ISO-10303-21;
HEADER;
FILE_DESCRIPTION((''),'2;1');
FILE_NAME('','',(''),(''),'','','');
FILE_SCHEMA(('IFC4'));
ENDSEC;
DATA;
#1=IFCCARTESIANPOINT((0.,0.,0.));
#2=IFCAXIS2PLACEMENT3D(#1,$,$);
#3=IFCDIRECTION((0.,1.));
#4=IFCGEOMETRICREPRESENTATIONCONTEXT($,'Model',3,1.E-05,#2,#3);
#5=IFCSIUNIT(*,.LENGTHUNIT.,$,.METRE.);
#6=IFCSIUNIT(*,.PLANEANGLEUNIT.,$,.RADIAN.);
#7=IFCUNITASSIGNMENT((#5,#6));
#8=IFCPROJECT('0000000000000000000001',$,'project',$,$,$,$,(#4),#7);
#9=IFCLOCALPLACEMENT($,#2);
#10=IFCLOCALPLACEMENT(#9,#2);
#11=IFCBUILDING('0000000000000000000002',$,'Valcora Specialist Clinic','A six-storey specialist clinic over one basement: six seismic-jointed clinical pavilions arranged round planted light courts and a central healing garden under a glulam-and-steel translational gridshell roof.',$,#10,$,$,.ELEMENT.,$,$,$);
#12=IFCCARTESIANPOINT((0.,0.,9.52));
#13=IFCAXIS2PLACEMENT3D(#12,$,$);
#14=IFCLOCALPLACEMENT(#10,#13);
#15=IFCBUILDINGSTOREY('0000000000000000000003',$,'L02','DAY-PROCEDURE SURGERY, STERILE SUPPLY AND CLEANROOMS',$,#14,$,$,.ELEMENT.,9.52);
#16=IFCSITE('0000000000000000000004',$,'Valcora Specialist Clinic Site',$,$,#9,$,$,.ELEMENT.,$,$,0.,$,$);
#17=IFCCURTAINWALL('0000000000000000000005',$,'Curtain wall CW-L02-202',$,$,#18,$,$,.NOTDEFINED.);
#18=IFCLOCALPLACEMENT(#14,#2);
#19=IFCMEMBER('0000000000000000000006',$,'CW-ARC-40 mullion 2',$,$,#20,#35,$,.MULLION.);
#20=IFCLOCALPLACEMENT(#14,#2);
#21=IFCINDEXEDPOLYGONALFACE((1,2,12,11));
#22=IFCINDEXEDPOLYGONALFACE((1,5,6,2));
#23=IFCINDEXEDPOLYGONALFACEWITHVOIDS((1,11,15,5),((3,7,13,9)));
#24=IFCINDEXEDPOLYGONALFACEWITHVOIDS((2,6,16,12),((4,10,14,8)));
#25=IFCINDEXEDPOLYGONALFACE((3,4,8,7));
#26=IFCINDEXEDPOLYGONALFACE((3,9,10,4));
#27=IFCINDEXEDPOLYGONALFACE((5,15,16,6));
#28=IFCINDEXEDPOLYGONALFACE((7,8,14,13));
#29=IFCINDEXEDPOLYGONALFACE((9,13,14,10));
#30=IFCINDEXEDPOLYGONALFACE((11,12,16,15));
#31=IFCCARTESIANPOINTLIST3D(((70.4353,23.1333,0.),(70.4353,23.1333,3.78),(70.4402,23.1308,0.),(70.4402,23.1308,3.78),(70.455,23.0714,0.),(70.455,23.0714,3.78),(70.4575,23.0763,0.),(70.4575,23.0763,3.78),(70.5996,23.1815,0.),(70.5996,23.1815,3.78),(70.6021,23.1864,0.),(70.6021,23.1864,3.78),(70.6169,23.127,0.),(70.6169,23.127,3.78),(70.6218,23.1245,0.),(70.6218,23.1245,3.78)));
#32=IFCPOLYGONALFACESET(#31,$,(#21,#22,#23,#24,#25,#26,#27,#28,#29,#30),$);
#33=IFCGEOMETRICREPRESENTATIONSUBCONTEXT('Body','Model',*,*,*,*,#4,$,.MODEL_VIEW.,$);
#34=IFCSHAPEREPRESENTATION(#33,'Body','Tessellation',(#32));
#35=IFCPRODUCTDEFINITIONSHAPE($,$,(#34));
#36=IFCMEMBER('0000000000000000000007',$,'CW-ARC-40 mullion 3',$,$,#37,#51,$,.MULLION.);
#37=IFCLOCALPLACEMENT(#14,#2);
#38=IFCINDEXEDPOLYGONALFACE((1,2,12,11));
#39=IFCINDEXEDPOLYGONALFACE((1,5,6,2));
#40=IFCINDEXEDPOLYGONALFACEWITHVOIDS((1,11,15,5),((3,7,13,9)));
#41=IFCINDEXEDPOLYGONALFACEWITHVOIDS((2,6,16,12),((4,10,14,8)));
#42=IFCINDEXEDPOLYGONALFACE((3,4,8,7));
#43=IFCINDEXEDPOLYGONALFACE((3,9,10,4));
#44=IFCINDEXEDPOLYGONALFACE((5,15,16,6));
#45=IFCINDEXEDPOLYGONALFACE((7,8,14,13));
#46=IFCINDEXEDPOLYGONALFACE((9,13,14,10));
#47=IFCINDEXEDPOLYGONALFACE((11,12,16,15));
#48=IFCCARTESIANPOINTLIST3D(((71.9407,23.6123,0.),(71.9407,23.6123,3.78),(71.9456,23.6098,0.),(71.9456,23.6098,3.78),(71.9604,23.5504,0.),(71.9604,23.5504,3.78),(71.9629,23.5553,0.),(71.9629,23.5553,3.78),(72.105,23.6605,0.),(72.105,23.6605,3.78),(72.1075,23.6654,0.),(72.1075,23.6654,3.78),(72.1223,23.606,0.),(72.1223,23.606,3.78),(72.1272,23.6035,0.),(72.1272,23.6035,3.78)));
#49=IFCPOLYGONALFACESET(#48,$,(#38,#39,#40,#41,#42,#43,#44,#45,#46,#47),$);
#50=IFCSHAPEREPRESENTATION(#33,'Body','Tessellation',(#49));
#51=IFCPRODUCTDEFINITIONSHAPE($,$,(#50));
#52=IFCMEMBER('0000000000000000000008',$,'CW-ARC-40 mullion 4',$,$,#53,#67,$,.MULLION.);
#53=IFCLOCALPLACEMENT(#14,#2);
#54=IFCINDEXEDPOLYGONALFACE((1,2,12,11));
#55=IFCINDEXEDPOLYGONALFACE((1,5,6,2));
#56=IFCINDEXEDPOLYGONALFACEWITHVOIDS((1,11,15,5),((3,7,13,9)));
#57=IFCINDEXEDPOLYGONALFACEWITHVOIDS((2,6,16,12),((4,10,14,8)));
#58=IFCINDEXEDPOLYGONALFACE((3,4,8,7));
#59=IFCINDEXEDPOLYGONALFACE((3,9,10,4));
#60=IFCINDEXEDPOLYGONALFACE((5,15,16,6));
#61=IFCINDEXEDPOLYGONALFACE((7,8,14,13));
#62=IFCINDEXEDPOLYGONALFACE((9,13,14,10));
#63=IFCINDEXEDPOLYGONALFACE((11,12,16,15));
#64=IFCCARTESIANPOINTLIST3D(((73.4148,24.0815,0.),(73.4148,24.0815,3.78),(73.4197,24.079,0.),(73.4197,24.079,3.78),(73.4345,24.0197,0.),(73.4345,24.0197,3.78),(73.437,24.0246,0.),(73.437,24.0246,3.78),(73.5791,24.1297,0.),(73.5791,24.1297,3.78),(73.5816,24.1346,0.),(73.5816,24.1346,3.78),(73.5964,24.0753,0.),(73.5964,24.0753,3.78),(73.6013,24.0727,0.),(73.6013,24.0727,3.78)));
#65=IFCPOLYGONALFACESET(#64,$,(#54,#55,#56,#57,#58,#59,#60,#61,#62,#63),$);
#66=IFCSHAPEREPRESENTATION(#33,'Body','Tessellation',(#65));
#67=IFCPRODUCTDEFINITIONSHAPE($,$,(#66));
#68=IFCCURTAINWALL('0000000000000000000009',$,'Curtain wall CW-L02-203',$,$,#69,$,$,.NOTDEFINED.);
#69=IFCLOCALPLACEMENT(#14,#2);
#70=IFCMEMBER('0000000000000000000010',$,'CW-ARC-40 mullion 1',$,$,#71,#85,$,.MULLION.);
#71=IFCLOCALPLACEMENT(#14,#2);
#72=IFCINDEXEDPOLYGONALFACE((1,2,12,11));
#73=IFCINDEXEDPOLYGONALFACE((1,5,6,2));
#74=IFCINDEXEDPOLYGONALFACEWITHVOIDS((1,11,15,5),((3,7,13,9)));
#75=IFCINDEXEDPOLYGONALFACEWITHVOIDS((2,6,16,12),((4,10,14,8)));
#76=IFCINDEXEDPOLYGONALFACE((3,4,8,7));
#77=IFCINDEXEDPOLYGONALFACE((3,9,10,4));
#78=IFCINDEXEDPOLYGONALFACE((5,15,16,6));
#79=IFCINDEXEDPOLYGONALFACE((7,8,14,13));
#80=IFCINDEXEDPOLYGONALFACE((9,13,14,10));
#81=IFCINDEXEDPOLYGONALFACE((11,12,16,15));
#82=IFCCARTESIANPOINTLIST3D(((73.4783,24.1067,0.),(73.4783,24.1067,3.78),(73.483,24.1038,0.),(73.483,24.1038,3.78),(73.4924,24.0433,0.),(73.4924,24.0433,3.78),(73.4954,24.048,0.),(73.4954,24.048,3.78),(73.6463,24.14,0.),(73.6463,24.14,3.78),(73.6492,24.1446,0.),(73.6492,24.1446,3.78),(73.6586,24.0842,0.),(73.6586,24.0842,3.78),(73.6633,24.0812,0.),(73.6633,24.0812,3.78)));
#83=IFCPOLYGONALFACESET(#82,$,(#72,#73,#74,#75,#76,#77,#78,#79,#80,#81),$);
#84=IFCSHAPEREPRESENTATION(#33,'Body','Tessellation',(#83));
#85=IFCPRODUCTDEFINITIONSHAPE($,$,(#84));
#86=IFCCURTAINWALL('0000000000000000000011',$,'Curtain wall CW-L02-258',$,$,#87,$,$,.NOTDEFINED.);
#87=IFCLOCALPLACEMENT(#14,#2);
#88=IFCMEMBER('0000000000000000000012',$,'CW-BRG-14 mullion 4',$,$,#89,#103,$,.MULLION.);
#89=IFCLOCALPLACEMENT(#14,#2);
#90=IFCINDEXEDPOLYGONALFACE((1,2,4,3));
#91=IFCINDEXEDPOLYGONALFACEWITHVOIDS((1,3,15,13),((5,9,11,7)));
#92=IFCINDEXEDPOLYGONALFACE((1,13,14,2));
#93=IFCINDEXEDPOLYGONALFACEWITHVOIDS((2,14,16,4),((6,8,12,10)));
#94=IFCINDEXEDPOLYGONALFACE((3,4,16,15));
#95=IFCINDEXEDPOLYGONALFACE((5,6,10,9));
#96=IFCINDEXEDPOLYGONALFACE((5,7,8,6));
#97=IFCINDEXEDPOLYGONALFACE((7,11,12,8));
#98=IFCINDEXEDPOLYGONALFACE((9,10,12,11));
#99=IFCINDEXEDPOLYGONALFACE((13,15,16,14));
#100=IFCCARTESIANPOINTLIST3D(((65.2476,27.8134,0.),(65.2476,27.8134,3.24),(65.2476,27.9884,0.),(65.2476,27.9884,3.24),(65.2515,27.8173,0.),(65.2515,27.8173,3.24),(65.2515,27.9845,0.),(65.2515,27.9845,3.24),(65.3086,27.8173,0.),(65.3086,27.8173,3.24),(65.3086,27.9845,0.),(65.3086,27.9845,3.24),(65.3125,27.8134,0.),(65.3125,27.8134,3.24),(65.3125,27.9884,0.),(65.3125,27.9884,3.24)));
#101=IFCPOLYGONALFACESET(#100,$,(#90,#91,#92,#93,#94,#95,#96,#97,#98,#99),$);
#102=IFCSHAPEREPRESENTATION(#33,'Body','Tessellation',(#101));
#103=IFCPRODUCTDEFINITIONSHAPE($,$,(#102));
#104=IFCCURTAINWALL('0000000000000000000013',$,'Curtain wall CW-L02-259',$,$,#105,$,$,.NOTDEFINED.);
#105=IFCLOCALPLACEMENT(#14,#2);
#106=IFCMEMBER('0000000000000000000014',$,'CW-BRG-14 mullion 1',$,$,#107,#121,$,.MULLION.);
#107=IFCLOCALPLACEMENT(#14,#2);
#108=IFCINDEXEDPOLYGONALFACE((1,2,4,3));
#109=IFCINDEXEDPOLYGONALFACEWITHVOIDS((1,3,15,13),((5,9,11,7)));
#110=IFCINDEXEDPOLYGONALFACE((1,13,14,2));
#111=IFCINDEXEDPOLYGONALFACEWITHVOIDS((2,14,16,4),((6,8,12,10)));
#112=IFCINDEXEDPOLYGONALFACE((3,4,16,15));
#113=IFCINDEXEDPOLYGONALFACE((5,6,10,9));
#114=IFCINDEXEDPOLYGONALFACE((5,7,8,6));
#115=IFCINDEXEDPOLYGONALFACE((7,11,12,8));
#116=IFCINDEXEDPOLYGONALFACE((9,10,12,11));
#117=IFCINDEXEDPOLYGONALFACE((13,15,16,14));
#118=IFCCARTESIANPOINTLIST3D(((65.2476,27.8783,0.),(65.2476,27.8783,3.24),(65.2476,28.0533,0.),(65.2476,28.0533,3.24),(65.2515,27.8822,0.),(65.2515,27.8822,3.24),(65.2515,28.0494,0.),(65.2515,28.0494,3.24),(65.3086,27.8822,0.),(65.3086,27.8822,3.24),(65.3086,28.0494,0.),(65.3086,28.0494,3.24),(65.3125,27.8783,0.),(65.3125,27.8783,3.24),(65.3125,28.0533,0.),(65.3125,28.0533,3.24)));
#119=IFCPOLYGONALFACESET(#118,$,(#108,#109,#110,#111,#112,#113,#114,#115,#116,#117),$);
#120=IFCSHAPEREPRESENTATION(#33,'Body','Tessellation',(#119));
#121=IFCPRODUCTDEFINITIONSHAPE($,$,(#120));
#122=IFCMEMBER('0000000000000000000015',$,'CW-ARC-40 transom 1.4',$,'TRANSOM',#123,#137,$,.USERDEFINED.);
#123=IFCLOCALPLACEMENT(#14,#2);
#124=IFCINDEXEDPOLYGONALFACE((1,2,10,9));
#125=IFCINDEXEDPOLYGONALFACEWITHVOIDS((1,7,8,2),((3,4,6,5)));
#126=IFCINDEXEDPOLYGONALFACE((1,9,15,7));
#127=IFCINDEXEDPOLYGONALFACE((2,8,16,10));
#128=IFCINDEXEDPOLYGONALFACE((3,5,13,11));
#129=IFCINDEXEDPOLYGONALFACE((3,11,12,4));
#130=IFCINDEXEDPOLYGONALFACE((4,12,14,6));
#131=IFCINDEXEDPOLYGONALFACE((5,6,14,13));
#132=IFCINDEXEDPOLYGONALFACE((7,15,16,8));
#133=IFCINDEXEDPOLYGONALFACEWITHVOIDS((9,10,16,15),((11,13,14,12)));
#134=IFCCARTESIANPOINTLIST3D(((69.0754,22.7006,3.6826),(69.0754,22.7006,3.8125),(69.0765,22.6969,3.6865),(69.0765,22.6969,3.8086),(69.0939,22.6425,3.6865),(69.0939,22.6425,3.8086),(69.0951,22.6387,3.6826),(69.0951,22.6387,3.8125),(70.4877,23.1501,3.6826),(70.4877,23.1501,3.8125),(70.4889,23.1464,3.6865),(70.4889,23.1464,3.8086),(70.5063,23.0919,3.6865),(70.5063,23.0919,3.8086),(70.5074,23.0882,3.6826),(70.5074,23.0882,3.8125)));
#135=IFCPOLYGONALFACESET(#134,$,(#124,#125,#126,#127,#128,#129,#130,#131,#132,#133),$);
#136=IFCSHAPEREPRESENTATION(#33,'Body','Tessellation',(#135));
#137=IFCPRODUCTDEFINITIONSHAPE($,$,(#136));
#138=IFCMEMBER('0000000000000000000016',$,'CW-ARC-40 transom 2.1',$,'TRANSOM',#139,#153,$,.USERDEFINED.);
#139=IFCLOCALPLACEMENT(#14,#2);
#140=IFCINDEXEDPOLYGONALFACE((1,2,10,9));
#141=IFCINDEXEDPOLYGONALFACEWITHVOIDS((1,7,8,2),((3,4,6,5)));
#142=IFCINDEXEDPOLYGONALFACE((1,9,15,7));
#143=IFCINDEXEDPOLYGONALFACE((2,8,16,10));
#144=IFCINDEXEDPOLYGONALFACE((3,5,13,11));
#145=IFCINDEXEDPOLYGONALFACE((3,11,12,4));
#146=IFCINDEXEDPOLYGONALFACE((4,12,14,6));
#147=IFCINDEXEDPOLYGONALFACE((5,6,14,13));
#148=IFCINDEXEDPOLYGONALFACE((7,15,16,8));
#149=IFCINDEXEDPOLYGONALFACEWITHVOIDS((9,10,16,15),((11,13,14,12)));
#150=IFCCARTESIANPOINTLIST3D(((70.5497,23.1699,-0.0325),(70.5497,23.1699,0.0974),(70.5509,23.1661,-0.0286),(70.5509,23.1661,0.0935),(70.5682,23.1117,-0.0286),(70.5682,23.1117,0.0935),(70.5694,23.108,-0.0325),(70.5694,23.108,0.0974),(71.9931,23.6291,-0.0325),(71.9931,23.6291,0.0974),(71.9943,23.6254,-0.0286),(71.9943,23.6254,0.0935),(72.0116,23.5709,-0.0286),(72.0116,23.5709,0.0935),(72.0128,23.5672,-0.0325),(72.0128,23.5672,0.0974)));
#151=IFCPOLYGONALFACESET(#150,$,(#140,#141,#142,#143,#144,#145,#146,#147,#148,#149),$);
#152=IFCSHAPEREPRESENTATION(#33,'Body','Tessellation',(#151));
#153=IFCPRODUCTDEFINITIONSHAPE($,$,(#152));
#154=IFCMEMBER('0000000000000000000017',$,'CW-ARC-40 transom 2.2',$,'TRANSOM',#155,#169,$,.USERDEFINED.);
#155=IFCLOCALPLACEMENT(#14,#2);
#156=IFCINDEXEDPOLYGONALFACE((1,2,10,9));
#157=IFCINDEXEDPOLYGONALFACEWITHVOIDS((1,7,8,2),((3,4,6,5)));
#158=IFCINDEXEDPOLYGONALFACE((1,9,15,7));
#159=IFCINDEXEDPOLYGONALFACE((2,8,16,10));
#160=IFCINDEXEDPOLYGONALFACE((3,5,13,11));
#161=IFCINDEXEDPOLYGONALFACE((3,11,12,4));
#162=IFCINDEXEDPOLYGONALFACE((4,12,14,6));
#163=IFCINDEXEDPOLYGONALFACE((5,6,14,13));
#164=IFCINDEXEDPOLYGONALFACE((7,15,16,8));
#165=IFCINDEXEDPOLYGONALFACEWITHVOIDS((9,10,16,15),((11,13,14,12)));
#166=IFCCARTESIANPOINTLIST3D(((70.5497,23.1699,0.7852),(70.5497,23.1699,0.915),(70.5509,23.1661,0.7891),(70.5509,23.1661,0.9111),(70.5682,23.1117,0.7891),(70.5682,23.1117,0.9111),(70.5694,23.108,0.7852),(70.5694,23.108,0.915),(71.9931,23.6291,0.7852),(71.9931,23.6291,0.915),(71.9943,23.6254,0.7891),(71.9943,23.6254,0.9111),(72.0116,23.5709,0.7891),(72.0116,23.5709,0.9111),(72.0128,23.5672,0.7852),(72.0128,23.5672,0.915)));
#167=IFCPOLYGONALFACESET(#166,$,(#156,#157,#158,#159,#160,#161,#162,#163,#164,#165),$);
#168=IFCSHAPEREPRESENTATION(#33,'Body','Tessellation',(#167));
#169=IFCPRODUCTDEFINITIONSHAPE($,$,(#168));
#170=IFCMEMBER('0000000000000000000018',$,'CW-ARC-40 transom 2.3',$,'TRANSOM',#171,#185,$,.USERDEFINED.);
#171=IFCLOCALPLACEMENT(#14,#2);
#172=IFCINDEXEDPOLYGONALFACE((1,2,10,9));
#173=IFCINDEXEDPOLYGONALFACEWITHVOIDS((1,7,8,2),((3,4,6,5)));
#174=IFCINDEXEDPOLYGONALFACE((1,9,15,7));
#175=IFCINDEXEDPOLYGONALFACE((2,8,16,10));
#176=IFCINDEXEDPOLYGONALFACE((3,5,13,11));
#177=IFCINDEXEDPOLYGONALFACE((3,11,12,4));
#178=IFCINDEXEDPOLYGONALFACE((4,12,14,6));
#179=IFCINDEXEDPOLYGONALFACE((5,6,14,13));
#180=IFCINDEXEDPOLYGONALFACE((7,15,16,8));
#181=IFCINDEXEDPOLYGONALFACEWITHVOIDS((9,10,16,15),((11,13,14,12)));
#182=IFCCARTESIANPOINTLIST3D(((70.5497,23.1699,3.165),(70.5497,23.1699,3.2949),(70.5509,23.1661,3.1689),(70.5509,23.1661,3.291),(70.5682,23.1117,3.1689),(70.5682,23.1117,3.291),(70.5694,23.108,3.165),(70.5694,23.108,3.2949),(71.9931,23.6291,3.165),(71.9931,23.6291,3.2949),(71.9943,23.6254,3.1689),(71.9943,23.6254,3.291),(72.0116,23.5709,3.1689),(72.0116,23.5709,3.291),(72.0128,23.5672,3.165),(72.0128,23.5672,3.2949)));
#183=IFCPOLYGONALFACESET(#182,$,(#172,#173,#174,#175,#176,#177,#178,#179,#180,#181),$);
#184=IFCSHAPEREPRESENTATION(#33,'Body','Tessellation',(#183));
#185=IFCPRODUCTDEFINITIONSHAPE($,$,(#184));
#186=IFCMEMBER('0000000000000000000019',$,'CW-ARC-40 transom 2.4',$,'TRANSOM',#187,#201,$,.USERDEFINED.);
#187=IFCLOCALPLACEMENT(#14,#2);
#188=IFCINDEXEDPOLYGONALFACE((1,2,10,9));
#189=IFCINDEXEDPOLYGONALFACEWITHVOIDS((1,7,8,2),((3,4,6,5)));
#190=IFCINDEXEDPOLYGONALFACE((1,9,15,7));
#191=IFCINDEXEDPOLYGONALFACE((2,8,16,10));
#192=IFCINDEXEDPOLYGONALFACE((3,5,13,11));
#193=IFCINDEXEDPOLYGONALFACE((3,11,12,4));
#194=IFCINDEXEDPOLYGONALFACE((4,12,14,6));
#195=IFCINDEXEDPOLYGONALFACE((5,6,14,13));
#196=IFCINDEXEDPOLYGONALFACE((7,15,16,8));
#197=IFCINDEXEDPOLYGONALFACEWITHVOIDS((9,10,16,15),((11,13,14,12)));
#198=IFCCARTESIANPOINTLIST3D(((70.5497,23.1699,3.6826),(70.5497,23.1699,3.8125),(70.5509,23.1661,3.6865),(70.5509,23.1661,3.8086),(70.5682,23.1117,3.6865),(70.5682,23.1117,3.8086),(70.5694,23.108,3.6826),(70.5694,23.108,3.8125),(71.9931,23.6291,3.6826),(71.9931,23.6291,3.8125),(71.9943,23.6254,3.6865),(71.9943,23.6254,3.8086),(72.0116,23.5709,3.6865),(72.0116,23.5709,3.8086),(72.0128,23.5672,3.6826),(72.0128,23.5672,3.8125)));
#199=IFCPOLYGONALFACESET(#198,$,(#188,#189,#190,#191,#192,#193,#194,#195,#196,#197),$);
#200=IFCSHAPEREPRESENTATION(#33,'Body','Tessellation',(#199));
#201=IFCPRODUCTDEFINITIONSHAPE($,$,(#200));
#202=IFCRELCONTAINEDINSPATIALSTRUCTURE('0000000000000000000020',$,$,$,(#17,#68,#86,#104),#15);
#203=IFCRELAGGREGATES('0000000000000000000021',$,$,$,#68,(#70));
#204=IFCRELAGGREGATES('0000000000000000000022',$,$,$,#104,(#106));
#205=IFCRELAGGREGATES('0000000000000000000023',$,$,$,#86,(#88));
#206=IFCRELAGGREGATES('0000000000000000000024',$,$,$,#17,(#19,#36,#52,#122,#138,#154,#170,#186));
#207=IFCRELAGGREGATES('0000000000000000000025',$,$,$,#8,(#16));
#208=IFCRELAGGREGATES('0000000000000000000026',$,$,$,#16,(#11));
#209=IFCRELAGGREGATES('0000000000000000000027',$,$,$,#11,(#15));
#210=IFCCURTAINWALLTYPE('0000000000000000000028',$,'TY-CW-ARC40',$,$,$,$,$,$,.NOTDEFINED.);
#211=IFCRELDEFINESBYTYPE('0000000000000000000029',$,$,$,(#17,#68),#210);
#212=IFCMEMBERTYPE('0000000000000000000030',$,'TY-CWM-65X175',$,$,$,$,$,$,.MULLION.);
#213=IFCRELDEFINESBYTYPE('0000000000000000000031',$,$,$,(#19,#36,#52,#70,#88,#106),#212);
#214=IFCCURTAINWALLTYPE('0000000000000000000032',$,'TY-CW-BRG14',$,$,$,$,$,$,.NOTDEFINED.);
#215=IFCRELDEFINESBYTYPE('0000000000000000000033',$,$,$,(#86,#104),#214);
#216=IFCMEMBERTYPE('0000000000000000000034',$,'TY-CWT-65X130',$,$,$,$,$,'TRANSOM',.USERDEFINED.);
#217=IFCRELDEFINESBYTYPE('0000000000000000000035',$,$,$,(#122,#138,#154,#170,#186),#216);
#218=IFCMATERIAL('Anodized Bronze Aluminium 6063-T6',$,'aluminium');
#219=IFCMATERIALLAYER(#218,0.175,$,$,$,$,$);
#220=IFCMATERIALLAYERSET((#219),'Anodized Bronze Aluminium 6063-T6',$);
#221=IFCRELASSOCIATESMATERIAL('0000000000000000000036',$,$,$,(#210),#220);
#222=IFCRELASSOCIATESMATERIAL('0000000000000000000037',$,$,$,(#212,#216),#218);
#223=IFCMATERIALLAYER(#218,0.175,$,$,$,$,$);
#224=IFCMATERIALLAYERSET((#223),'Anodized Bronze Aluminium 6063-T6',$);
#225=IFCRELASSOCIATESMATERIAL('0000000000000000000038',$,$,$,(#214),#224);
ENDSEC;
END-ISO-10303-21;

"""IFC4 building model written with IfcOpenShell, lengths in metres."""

from ifc_helpers import new_model, si_unit, direction, frame, origin, origin_2d, place, context, subcontext, project, spatial, hollow_rectangle, extrude, material, layer, layer_set, material_profile, profile_set, type_object, element, aggregate, save


model = new_model("IFC4")

# Units and contexts
model_context = context("Model", 3, precision=1e-05, world=origin(), true_north=direction((0.0, 1.0)))
body_context = subcontext(model_context, "Body", "Model", "MODEL_VIEW")
ifc_project = project(units=[si_unit("LENGTHUNIT", "METRE"), si_unit("PLANEANGLEUNIT", "RADIAN")], contexts=[model_context])

# Site, building, storey
site_placement = place(None, origin())
site = spatial("IfcSite", under=ifc_project, at=site_placement, Name="Valcora Specialist Clinic Site", CompositionType="ELEMENT", RefElevation=0.0)
building_placement = place(site_placement, origin())
building = spatial("IfcBuilding", under=site, at=building_placement, Name="Valcora Specialist Clinic", Description="A six-storey specialist clinic over one basement: six seismic-jointed clinical pavilions arranged round planted light courts and a central healing garden under a glulam-and-steel translational gridshell roof.", CompositionType="ELEMENT")
storey_placement = place(building_placement, frame((0.0, 0.0, 9.52)))
storey = spatial("IfcBuildingStorey", under=building, at=storey_placement, Name="L02", Description="DAY-PROCEDURE SURGERY, STERILE SUPPLY AND CLEANROOMS", CompositionType="ELEMENT", Elevation=9.52)

# Curtain wall, members
ifc_material_1 = material(Name="Anodized Bronze Aluminium 6063-T6", Category="aluminium")
ifc_layer_1 = layer(ifc_material_1, 0.175)
ifc_layer_set_1 = layer_set([ifc_layer_1], Name="Anodized Bronze Aluminium 6063-T6")
curtain_wall_type_1 = type_object("IfcCurtainWallType", Name="TY-CW-ARC40", PredefinedType="NOTDEFINED", material=ifc_layer_set_1)
curtain_wall_1_placement = place(storey_placement, origin())
curtain_wall_1 = element("IfcCurtainWall", 1, at=curtain_wall_1_placement, inside=storey, type_object=curtain_wall_type_1, Name="Curtain wall CW-L02-202", PredefinedType="NOTDEFINED")
ifc_material_profile_1 = material_profile(ifc_material_1, hollow_rectangle(XDim=0.0649, YDim=0.175, WallThickness=0.0039, at=origin_2d()), Name="AL-MUL-65X175")
ifc_profile_set_1 = profile_set([ifc_material_profile_1], Name="Anodized Bronze Aluminium 6063-T6")
member_type_1 = type_object("IfcMemberType", Name="TY-CWM-65X175", PredefinedType="MULLION", material=ifc_profile_set_1)
member_1_placement = place(storey_placement, frame((70.5286, 23.1289, 0.0), z_axis=(0.0, 0.0, 1.0), x_axis=(-0.303233, 0.952916, 0.0)))
member_1 = element("IfcMember", 2, at=member_1_placement, type_object=member_type_1, Name="CW-ARC-40 mullion 2", PredefinedType="MULLION", context=body_context, shape_type="SweptSolid", body=[
    extrude(hollow_rectangle(XDim=0.0649, YDim=0.175, WallThickness=0.0039, at=origin_2d()), origin(), (0.0, 0.0, 1.0), 3.78),
])
member_2_placement = place(storey_placement, frame((72.0339, 23.6079, 0.0), z_axis=(0.0, 0.0, 1.0), x_axis=(-0.303233, 0.952916, 0.0)))
member_2 = element("IfcMember", 3, at=member_2_placement, type_object=member_type_1, Name="CW-ARC-40 mullion 3", PredefinedType="MULLION", context=body_context, shape_type="SweptSolid", body=[
    extrude(hollow_rectangle(XDim=0.0649, YDim=0.175, WallThickness=0.0039, at=origin_2d()), origin(), (0.0, 0.0, 1.0), 3.78),
])
member_3_placement = place(storey_placement, frame((73.5081, 24.0771, 0.0), z_axis=(0.0, 0.0, 1.0), x_axis=(-0.303233, 0.952916, 0.0)))
member_3 = element("IfcMember", 4, at=member_3_placement, type_object=member_type_1, Name="CW-ARC-40 mullion 4", PredefinedType="MULLION", context=body_context, shape_type="SweptSolid", body=[
    extrude(hollow_rectangle(XDim=0.0649, YDim=0.175, WallThickness=0.0039, at=origin_2d()), origin(), (0.0, 0.0, 1.0), 3.78),
])

# Curtain walls, members
curtain_wall_2_placement = place(storey_placement, origin())
curtain_wall_2 = element("IfcCurtainWall", 5, at=curtain_wall_2_placement, inside=storey, type_object=curtain_wall_type_1, Name="Curtain wall CW-L02-203", PredefinedType="NOTDEFINED")
member_4_placement = place(storey_placement, frame((73.5708, 24.094, 0.0), z_axis=(0.0, 0.0, 1.0), x_axis=(-0.216518, 0.976279, 0.0)))
member_4 = element("IfcMember", 6, at=member_4_placement, type_object=member_type_1, Name="CW-ARC-40 mullion 1", PredefinedType="MULLION", context=body_context, shape_type="SweptSolid", body=[
    extrude(hollow_rectangle(XDim=0.0649, YDim=0.175, WallThickness=0.0039, at=origin_2d()), origin(), (0.0, 0.0, 1.0), 3.78),
])
ifc_layer_2 = layer(ifc_material_1, 0.175)
ifc_layer_set_2 = layer_set([ifc_layer_2], Name="Anodized Bronze Aluminium 6063-T6")
curtain_wall_type_2 = type_object("IfcCurtainWallType", Name="TY-CW-BRG14", PredefinedType="NOTDEFINED", material=ifc_layer_set_2)
curtain_wall_3_placement = place(storey_placement, origin())
curtain_wall_3 = element("IfcCurtainWall", 7, at=curtain_wall_3_placement, inside=storey, type_object=curtain_wall_type_2, Name="Curtain wall CW-L02-258", PredefinedType="NOTDEFINED")
member_5_placement = place(storey_placement, frame((65.28, 27.9009, 0.0), z_axis=(0.0, 0.0, 1.0), x_axis=(-1.0, 0.0, 0.0)))
member_5 = element("IfcMember", 8, at=member_5_placement, type_object=member_type_1, Name="CW-BRG-14 mullion 4", PredefinedType="MULLION", context=body_context, shape_type="SweptSolid", body=[
    extrude(hollow_rectangle(XDim=0.0649, YDim=0.175, WallThickness=0.0039, at=origin_2d()), origin(), (0.0, 0.0, 1.0), 3.24),
])
curtain_wall_4_placement = place(storey_placement, origin())
curtain_wall_4 = element("IfcCurtainWall", 9, at=curtain_wall_4_placement, inside=storey, type_object=curtain_wall_type_2, Name="Curtain wall CW-L02-259", PredefinedType="NOTDEFINED")
member_6_placement = place(storey_placement, frame((65.28, 27.9658, 0.0), z_axis=(0.0, 0.0, 1.0), x_axis=(-1.0, 0.0, 0.0)))
member_6 = element("IfcMember", 10, at=member_6_placement, type_object=member_type_1, Name="CW-BRG-14 mullion 1", PredefinedType="MULLION", context=body_context, shape_type="SweptSolid", body=[
    extrude(hollow_rectangle(XDim=0.0649, YDim=0.175, WallThickness=0.0039, at=origin_2d()), origin(), (0.0, 0.0, 1.0), 3.24),
])

# Members
ifc_material_profile_2 = material_profile(ifc_material_1, hollow_rectangle(XDim=0.0649, YDim=0.1299, WallThickness=0.0039, at=origin_2d()), Name="AL-TRN-65X130")
ifc_profile_set_2 = profile_set([ifc_material_profile_2], Name="Anodized Bronze Aluminium 6063-T6")
member_type_2 = type_object("IfcMemberType", Name="TY-CWT-65X130", ElementType="TRANSOM", PredefinedType="USERDEFINED", material=ifc_profile_set_2)
member_7_placement = place(storey_placement, frame((69.0852, 22.6697, 3.7476), z_axis=(0.952911, 0.303251, 0.0), x_axis=(-0.303251, 0.952911, 0.0)))
member_7 = element("IfcMember", 11, at=member_7_placement, type_object=member_type_2, Name="CW-ARC-40 transom 1.4", ObjectType="TRANSOM", PredefinedType="USERDEFINED", context=body_context, shape_type="SweptSolid", body=[
    extrude(hollow_rectangle(XDim=0.0649, YDim=0.1299, WallThickness=0.0039, at=origin_2d()), origin(), (0.0, 0.0, 1.0), 1.4822),
])
member_8_placement = place(storey_placement, frame((70.5596, 23.1389, 0.0325), z_axis=(0.95293, 0.30319, 0.0), x_axis=(-0.30319, 0.95293, 0.0)))
member_8 = element("IfcMember", 12, at=member_8_placement, type_object=member_type_2, Name="CW-ARC-40 transom 2.1", ObjectType="TRANSOM", PredefinedType="USERDEFINED", context=body_context, shape_type="SweptSolid", body=[
    extrude(hollow_rectangle(XDim=0.0649, YDim=0.1299, WallThickness=0.0039, at=origin_2d()), origin(), (0.0, 0.0, 1.0), 1.5146),
])
member_9_placement = place(storey_placement, frame((70.5596, 23.1389, 0.8501), z_axis=(0.95293, 0.30319, 0.0), x_axis=(-0.30319, 0.95293, 0.0)))
member_9 = element("IfcMember", 13, at=member_9_placement, type_object=member_type_2, Name="CW-ARC-40 transom 2.2", ObjectType="TRANSOM", PredefinedType="USERDEFINED", context=body_context, shape_type="SweptSolid", body=[
    extrude(hollow_rectangle(XDim=0.0649, YDim=0.1299, WallThickness=0.0039, at=origin_2d()), origin(), (0.0, 0.0, 1.0), 1.5146),
])
member_10_placement = place(storey_placement, frame((70.5596, 23.1389, 3.23), z_axis=(0.95293, 0.30319, 0.0), x_axis=(-0.30319, 0.95293, 0.0)))
member_10 = element("IfcMember", 14, at=member_10_placement, type_object=member_type_2, Name="CW-ARC-40 transom 2.3", ObjectType="TRANSOM", PredefinedType="USERDEFINED", context=body_context, shape_type="SweptSolid", body=[
    extrude(hollow_rectangle(XDim=0.0649, YDim=0.1299, WallThickness=0.0039, at=origin_2d()), origin(), (0.0, 0.0, 1.0), 1.5146),
])
member_11_placement = place(storey_placement, frame((70.5596, 23.1389, 3.7476), z_axis=(0.95293, 0.30319, 0.0), x_axis=(-0.30319, 0.95293, 0.0)))
member_11 = element("IfcMember", 15, at=member_11_placement, type_object=member_type_2, Name="CW-ARC-40 transom 2.4", ObjectType="TRANSOM", PredefinedType="USERDEFINED", context=body_context, shape_type="SweptSolid", body=[
    extrude(hollow_rectangle(XDim=0.0649, YDim=0.1299, WallThickness=0.0039, at=origin_2d()), origin(), (0.0, 0.0, 1.0), 1.5146),
])
aggregate(curtain_wall_2, [member_4])
aggregate(curtain_wall_4, [member_6])

aggregate(curtain_wall_3, [member_5])
aggregate(curtain_wall_1, [member_1, member_2, member_3, member_7, member_8, member_9, member_10, member_11])

save(model, "model.ifc")
